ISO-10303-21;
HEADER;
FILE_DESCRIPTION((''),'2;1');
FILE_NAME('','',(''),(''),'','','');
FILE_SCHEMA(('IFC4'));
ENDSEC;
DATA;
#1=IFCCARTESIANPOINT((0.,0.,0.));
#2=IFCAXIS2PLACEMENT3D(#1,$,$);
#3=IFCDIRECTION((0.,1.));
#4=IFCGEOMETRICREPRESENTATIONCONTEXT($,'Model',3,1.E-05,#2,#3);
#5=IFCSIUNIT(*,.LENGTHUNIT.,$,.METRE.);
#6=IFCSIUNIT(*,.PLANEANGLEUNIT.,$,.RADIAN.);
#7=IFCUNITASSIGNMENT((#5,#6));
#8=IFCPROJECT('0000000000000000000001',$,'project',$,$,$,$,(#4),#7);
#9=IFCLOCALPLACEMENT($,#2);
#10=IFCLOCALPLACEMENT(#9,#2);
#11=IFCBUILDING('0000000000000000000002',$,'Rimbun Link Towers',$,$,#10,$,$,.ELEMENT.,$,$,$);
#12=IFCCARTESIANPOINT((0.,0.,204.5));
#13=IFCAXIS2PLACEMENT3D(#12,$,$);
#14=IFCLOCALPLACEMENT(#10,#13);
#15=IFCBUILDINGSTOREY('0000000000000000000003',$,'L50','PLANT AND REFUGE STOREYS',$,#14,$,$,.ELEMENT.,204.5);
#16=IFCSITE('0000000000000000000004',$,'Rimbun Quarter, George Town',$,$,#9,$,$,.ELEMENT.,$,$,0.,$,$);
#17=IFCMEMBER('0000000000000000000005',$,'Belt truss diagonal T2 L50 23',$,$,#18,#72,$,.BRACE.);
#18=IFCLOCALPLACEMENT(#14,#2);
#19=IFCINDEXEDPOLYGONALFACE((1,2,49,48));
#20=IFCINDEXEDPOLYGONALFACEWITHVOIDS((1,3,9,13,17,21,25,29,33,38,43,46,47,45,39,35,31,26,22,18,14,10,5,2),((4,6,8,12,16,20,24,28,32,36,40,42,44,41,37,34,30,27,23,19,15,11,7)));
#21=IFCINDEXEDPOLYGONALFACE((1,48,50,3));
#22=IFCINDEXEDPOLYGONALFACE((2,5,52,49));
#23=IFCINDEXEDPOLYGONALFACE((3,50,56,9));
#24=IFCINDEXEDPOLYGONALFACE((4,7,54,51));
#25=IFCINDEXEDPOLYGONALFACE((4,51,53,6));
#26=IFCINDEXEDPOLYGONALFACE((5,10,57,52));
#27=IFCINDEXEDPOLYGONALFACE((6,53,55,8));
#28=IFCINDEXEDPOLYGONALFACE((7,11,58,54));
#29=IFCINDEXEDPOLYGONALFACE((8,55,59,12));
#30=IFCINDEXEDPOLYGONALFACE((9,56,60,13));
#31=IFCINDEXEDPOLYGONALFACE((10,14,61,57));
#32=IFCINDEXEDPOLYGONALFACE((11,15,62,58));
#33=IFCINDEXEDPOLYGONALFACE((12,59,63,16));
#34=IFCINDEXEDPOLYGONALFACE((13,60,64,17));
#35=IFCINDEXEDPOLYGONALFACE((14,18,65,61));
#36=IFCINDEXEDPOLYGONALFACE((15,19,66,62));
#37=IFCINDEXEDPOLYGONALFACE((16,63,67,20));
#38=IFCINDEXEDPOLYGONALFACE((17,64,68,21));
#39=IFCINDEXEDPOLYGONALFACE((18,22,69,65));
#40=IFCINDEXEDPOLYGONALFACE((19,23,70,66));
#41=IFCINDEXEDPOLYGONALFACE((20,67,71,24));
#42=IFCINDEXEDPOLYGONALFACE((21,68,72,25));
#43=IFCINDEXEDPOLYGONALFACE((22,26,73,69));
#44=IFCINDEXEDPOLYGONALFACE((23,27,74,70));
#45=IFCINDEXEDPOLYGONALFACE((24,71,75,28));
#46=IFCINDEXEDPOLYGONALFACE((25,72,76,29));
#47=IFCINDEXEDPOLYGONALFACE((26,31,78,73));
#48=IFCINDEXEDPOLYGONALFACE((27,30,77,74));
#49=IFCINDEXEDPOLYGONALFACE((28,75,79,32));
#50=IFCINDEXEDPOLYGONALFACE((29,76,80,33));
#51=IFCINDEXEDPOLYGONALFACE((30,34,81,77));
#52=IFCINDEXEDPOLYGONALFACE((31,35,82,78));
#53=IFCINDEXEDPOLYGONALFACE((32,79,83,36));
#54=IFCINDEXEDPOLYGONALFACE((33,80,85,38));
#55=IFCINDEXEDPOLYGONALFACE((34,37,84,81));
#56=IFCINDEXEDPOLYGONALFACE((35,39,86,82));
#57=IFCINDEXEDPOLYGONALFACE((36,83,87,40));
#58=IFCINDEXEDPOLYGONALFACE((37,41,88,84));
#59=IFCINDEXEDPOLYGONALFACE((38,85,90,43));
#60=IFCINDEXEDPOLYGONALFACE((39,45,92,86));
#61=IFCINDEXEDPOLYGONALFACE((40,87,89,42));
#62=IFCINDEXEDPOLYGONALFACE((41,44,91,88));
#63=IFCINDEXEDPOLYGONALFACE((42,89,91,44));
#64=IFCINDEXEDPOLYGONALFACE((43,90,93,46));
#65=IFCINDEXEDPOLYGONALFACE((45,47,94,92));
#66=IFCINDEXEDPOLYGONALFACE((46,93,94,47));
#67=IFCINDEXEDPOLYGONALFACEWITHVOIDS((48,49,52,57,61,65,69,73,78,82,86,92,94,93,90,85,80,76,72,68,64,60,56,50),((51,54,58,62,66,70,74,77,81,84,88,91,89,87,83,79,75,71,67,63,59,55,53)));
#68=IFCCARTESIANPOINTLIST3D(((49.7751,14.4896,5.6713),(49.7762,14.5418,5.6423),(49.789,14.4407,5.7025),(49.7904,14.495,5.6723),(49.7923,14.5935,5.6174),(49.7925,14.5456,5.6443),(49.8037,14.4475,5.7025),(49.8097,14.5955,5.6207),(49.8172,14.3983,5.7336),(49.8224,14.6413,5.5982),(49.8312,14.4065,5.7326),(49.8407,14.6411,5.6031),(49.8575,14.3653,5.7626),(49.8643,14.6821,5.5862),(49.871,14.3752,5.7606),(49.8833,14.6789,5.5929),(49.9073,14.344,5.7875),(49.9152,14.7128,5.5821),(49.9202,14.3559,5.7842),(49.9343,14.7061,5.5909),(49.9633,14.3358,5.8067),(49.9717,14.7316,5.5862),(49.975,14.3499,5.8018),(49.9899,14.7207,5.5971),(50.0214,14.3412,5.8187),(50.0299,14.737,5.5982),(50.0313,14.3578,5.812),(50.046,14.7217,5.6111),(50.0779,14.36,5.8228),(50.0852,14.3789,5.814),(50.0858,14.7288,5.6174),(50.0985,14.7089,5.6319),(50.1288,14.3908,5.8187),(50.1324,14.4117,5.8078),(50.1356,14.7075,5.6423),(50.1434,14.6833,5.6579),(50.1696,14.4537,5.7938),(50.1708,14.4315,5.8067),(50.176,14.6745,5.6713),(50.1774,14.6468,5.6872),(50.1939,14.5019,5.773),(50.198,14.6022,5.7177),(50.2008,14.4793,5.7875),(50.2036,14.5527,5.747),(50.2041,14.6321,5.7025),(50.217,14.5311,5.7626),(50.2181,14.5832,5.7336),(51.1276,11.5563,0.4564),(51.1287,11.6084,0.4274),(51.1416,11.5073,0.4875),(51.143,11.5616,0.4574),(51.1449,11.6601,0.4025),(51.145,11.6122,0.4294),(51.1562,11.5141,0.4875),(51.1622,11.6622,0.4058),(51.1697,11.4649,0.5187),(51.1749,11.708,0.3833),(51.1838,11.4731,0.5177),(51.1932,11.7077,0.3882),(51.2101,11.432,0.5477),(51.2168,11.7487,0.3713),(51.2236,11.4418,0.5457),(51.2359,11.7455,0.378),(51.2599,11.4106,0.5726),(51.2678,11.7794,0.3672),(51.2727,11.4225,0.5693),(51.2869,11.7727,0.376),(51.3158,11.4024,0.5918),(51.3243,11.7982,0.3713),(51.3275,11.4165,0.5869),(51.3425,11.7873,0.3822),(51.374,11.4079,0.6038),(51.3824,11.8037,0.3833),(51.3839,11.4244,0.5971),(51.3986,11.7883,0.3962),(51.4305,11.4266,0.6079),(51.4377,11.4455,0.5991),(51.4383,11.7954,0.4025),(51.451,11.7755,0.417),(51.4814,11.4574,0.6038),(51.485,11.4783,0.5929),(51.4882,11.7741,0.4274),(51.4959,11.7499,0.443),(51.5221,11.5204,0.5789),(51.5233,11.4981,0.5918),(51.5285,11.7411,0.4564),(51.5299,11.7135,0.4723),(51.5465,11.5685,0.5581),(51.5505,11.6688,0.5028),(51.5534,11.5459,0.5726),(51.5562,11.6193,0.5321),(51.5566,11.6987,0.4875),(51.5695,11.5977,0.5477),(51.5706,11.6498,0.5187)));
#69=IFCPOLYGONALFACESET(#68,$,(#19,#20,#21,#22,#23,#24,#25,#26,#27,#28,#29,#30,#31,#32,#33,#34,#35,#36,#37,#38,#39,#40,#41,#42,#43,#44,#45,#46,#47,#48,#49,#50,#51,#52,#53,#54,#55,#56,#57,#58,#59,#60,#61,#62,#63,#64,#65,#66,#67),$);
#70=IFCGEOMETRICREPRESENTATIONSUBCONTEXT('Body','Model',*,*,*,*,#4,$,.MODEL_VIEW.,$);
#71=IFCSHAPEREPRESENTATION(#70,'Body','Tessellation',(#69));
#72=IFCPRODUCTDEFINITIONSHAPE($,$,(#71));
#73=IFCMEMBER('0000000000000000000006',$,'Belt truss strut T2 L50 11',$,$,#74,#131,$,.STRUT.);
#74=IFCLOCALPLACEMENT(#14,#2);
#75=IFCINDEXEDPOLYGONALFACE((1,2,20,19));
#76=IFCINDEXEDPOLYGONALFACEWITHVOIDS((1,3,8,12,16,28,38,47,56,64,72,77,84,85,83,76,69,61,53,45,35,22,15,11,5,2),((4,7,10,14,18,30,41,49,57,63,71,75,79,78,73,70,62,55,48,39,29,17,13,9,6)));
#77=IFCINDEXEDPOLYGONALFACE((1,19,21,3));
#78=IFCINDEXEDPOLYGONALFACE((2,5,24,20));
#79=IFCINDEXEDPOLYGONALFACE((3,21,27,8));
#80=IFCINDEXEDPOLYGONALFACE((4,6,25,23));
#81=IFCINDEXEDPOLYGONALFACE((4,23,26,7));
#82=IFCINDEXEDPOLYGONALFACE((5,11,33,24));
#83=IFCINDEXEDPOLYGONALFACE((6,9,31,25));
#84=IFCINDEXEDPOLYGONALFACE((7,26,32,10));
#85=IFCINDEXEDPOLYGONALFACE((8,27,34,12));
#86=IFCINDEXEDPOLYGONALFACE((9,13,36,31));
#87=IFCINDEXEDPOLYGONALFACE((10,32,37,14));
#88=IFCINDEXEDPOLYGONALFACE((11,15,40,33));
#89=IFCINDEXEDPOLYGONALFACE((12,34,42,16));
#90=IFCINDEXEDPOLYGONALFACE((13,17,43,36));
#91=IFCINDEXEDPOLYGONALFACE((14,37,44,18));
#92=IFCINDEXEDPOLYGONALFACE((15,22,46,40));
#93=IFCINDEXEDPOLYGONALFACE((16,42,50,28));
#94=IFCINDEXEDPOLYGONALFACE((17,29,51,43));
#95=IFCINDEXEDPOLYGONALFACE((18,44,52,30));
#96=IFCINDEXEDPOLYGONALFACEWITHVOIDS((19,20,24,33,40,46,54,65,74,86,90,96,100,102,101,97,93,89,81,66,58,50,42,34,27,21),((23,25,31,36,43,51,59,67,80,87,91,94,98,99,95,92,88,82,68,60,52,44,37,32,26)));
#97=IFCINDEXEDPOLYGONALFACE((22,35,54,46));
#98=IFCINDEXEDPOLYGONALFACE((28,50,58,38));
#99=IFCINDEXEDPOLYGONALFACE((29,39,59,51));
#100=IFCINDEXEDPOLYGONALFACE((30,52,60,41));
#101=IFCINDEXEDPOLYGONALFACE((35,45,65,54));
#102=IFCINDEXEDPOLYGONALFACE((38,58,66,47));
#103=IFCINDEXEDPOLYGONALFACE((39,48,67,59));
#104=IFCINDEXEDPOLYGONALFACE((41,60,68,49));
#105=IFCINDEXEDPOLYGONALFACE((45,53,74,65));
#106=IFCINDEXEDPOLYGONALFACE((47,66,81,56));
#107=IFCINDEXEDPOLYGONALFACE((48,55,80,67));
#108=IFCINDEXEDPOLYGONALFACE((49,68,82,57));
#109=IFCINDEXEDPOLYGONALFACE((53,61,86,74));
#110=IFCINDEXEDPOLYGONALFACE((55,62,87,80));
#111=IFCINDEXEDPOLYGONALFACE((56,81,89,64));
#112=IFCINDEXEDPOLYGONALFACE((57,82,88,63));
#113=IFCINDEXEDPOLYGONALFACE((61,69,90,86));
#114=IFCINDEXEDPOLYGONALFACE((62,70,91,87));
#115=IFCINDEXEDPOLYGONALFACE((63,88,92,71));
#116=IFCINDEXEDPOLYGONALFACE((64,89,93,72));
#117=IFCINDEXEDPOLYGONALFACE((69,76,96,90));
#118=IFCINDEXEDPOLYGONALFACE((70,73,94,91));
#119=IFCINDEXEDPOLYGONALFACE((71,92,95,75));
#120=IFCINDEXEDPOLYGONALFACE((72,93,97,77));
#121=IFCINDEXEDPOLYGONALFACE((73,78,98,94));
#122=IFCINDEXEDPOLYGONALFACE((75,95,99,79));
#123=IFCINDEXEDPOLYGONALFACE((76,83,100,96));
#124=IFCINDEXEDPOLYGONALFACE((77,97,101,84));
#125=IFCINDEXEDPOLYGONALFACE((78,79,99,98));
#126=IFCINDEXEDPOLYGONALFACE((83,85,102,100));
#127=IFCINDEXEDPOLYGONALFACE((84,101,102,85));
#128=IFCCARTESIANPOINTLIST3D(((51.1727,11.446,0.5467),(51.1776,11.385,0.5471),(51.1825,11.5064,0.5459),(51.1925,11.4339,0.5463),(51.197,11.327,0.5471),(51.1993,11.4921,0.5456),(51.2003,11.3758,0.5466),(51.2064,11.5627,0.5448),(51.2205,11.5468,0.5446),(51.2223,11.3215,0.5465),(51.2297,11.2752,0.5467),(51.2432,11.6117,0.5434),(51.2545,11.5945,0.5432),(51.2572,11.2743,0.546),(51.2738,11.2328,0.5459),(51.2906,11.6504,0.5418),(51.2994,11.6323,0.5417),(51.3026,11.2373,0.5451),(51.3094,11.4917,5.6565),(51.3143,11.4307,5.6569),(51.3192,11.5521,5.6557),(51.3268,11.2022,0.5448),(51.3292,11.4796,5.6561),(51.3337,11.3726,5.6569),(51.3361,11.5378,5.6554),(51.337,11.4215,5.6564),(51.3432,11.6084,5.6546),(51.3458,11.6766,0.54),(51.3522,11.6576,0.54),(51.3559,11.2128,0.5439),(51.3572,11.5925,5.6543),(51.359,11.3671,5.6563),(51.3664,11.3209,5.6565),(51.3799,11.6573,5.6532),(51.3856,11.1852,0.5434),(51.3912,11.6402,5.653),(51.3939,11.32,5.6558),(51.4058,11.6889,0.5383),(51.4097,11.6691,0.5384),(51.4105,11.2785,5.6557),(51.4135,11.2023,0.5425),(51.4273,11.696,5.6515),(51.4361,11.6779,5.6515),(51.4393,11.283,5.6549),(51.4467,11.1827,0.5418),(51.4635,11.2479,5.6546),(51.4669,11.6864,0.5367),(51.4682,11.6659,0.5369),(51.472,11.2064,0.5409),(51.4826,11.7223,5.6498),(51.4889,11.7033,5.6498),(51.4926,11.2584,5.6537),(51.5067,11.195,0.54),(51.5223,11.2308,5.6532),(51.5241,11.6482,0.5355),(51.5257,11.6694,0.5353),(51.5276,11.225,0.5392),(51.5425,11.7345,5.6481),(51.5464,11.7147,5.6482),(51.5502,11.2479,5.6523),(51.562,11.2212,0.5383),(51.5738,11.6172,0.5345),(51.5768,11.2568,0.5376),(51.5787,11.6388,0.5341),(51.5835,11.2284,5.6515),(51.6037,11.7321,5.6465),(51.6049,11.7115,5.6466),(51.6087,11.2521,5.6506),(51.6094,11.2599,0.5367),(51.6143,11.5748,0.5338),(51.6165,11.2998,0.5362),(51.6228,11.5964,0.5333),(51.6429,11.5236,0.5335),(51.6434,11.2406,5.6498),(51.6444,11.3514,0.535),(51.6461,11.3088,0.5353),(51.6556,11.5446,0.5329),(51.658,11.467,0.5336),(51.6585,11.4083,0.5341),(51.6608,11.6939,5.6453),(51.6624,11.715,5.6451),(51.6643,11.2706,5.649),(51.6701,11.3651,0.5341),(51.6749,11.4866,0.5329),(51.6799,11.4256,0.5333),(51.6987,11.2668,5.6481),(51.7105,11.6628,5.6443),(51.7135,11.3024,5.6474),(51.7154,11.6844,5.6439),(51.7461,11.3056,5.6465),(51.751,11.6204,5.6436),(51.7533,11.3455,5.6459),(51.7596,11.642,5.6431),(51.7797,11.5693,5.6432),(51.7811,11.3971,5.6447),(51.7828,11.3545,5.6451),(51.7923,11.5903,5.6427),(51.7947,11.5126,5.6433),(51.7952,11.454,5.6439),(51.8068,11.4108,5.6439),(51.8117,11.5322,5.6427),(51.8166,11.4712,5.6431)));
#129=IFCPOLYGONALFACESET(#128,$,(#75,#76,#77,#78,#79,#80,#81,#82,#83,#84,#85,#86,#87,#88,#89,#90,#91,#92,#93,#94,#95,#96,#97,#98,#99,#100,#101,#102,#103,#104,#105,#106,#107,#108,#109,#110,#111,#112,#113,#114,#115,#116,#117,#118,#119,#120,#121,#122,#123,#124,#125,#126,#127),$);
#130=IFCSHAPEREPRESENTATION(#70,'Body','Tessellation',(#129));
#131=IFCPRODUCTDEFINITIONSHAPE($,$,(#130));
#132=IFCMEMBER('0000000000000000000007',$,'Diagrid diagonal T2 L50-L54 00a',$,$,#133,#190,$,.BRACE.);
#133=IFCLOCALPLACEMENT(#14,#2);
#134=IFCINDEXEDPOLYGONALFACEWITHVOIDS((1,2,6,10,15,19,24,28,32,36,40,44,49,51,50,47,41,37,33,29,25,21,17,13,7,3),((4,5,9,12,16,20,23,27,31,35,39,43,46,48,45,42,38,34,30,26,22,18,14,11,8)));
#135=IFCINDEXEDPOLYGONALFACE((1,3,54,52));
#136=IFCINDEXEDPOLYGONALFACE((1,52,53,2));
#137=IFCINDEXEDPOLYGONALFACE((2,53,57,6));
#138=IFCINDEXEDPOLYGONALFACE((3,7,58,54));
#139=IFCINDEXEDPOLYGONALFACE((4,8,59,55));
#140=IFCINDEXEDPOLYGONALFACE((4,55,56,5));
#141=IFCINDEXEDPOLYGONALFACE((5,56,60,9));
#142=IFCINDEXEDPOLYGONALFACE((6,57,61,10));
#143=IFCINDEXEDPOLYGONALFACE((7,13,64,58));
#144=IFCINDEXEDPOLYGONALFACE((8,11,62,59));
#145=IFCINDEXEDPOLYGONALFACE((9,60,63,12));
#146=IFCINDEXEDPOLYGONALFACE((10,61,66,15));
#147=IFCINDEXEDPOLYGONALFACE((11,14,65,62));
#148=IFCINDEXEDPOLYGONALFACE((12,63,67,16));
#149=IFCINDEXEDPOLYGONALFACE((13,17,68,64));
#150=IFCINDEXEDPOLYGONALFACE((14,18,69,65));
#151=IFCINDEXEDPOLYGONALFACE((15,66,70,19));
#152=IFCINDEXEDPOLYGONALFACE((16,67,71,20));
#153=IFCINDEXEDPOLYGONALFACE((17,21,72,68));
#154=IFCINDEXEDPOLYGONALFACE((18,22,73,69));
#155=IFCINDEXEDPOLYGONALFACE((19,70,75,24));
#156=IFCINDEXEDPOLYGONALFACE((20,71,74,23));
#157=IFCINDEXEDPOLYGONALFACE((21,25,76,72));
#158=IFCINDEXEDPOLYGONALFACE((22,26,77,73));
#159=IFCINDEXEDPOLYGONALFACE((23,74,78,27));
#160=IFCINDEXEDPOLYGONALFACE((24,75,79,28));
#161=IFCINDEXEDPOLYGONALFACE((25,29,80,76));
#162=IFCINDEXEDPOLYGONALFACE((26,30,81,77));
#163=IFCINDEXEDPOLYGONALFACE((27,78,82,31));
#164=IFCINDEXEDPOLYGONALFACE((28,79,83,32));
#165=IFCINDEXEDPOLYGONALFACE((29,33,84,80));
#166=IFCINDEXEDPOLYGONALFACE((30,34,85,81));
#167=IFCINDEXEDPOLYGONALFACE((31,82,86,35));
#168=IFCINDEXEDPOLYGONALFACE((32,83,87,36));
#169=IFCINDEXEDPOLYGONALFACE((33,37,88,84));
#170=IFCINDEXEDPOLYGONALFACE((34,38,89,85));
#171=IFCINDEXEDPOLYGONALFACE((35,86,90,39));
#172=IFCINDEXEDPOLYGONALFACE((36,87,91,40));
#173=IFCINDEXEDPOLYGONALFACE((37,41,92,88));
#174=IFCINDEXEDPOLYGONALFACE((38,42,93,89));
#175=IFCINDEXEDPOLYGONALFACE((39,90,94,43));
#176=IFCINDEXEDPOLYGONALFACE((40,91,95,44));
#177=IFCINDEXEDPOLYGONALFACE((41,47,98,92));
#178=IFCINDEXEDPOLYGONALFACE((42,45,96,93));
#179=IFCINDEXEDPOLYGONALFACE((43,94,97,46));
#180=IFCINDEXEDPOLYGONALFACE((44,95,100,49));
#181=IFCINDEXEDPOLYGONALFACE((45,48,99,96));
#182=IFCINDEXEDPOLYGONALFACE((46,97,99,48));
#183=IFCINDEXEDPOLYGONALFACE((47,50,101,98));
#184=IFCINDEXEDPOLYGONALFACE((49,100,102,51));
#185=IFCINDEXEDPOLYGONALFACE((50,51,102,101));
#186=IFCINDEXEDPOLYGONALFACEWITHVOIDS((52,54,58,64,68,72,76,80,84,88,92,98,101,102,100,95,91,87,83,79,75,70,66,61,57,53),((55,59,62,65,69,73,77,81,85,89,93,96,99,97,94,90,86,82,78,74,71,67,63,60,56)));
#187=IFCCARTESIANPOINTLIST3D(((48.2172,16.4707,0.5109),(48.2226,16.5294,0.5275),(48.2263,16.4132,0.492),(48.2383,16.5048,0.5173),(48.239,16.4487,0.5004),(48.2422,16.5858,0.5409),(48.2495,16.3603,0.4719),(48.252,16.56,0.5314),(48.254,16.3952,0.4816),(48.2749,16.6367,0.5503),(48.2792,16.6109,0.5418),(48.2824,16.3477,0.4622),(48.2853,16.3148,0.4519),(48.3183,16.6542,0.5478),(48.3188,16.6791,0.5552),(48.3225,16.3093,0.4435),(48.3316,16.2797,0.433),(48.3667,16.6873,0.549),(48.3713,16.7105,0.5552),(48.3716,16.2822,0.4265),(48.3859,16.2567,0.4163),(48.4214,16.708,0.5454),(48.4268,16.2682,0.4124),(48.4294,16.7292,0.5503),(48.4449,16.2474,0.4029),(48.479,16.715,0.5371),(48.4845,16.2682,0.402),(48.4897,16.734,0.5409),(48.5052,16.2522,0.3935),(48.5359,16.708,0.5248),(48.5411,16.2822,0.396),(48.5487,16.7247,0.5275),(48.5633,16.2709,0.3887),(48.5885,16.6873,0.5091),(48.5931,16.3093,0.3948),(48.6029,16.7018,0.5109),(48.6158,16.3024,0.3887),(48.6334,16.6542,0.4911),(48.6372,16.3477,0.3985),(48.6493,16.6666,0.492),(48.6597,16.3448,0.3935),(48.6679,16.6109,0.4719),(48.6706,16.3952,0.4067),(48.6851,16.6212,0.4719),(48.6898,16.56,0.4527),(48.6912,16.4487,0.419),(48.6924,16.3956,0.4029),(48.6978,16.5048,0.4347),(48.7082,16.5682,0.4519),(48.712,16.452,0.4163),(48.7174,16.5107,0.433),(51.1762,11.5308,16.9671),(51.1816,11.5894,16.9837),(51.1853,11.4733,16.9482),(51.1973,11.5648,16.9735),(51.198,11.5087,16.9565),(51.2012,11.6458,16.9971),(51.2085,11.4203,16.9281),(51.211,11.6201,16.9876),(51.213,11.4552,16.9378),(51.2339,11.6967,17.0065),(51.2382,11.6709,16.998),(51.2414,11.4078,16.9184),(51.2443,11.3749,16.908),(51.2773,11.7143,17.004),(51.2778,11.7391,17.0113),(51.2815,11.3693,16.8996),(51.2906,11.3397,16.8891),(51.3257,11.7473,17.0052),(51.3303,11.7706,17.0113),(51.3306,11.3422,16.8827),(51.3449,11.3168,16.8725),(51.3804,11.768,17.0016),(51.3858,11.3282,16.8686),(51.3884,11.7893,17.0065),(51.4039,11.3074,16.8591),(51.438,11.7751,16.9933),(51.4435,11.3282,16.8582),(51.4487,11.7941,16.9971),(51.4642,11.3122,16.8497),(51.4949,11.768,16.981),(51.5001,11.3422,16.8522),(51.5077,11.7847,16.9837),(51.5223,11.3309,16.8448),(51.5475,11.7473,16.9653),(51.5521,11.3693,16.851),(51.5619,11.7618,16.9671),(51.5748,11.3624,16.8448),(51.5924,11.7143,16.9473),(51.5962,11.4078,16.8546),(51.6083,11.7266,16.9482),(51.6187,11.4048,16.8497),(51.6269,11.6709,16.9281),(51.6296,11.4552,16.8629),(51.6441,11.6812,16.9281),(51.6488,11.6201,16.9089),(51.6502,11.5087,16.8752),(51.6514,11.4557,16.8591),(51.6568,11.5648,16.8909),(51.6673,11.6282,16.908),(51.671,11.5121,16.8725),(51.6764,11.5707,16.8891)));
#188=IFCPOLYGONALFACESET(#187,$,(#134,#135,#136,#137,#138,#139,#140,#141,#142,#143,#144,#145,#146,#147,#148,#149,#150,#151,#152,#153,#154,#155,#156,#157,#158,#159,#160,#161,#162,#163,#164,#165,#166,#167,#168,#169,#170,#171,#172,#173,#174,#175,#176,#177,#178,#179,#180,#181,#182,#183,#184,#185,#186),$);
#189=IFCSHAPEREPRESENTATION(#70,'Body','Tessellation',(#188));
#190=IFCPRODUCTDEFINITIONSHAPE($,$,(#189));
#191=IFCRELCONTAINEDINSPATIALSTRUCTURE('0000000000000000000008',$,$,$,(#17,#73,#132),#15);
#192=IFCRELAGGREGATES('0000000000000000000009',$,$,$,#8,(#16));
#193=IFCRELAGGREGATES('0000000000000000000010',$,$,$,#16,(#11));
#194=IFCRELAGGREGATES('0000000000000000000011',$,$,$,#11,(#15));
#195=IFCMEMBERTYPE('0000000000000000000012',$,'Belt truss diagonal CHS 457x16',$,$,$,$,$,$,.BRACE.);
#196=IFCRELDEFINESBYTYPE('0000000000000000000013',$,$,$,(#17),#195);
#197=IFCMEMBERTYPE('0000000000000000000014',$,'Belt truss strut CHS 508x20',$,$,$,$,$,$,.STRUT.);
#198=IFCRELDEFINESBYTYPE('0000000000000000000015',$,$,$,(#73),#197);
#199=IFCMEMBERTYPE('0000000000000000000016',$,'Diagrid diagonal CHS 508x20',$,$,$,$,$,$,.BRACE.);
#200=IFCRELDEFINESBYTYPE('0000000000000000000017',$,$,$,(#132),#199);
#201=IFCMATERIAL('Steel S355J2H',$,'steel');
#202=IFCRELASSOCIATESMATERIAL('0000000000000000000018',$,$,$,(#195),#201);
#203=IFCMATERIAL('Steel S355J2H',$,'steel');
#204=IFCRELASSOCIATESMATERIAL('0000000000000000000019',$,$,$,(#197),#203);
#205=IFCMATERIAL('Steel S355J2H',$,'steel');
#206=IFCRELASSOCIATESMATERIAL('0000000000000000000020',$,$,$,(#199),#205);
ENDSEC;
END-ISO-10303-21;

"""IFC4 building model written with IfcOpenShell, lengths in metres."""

from ifc_helpers import new_model, si_unit, direction, frame, origin, origin_2d, place, context, subcontext, project, spatial, hollow_circle, extrude, material, material_profile, profile_set, type_object, element, save


model = new_model("IFC4")

# Units and contexts
model_context = context("Model", 3, precision=1e-05, world=origin(), true_north=direction((0.0, 1.0)))
body_context = subcontext(model_context, "Body", "Model", "MODEL_VIEW")
ifc_project = project(units=[si_unit("LENGTHUNIT", "METRE"), si_unit("PLANEANGLEUNIT", "RADIAN")], contexts=[model_context])

# Site, building, storey
site_placement = place(None, origin())
site = spatial("IfcSite", under=ifc_project, at=site_placement, Name="Rimbun Quarter, George Town", CompositionType="ELEMENT", RefElevation=0.0)
building_placement = place(site_placement, origin())
building = spatial("IfcBuilding", under=site, at=building_placement, Name="Rimbun Link Towers", CompositionType="ELEMENT")
storey_placement = place(building_placement, frame((0.0, 0.0, 204.5)))
storey = spatial("IfcBuildingStorey", under=building, at=storey_placement, Name="L50", Description="PLANT AND REFUGE STOREYS", CompositionType="ELEMENT", Elevation=204.5)

# Members
ifc_material_1 = material(Name="Steel S355J2H", Category="steel")
ifc_material_profile_1 = material_profile(ifc_material_1, hollow_circle(Radius=0.2285, WallThickness=0.0161, at=origin_2d()), Name="Belt truss diagonal CHS 457x16")
ifc_profile_set_1 = profile_set([ifc_material_profile_1], Name="Steel S355J2H")
member_type_1 = type_object("IfcMemberType", Name="Belt truss diagonal CHS 457x16", PredefinedType="BRACE", material=ifc_profile_set_1)
member_1_placement = place(storey_placement, frame((51.3491, 11.603, 0.4875), z_axis=(-0.220491, 0.478195, 0.850125), x_axis=(-0.908114, -0.418723, 0.0)))
element("IfcMember", 1, at=member_1_placement, inside=storey, type_object=member_type_1, Name="Belt truss diagonal T2 L50 23", PredefinedType="BRACE", context=body_context, shape_type="SweptSolid", body=[
    extrude(hollow_circle(Radius=0.2285, WallThickness=0.0161, at=origin_2d()), origin(), (0.0, 0.0, 1.0), 6.1343),
])
ifc_material_2 = material(Name="Steel S355J2H", Category="steel")
ifc_material_profile_2 = material_profile(ifc_material_2, hollow_circle(Radius=0.2539, WallThickness=0.02, at=origin_2d()), Name="Belt truss strut CHS 508x20")
ifc_profile_set_2 = profile_set([ifc_material_profile_2], Name="Steel S355J2H")
member_type_2 = type_object("IfcMemberType", Name="Belt truss strut CHS 508x20", PredefinedType="STRUT", material=ifc_profile_set_2)
member_2_placement = place(storey_placement, frame((51.4263, 11.4358, 0.54), z_axis=(0.026745, 0.008931, 0.999602), x_axis=(-0.316736, 0.948514, 0.0)))
element("IfcMember", 2, at=member_2_placement, inside=storey, type_object=member_type_2, Name="Belt truss strut T2 L50 11", PredefinedType="STRUT", context=body_context, shape_type="SweptSolid", body=[
    extrude(hollow_circle(Radius=0.2539, WallThickness=0.02, at=origin_2d()), origin(), (0.0, 0.0, 1.0), 5.1118),
])
ifc_material_3 = material(Name="Steel S355J2H", Category="steel")
ifc_material_profile_3 = material_profile(ifc_material_3, hollow_circle(Radius=0.2539, WallThickness=0.02, at=origin_2d()), Name="Diagrid diagonal CHS 508x20")
ifc_profile_set_3 = profile_set([ifc_material_profile_3], Name="Steel S355J2H")
member_type_3 = type_object("IfcMemberType", Name="Diagrid diagonal CHS 508x20", PredefinedType="BRACE", material=ifc_profile_set_3)
for number, where, z_axis, x_axis, name in (
    (3, (48.4673, 16.4907, 0.4719), (0.16972, -0.283344, 0.943881), (0.857874, 0.51386, 0.0), "Diagrid diagonal T2 L50-L54 00a"),
):
    element("IfcMember", number, at=place(storey_placement, frame(where, z_axis=z_axis, x_axis=x_axis)), inside=storey, type_object=member_type_3, Name=name, PredefinedType="BRACE", context=body_context, shape_type="SweptSolid", body=[
        extrude(hollow_circle(Radius=0.2539, WallThickness=0.02, at=origin_2d()), origin(), (0.0, 0.0, 1.0), 17.4346),
    ])

save(model, "model.ifc")
